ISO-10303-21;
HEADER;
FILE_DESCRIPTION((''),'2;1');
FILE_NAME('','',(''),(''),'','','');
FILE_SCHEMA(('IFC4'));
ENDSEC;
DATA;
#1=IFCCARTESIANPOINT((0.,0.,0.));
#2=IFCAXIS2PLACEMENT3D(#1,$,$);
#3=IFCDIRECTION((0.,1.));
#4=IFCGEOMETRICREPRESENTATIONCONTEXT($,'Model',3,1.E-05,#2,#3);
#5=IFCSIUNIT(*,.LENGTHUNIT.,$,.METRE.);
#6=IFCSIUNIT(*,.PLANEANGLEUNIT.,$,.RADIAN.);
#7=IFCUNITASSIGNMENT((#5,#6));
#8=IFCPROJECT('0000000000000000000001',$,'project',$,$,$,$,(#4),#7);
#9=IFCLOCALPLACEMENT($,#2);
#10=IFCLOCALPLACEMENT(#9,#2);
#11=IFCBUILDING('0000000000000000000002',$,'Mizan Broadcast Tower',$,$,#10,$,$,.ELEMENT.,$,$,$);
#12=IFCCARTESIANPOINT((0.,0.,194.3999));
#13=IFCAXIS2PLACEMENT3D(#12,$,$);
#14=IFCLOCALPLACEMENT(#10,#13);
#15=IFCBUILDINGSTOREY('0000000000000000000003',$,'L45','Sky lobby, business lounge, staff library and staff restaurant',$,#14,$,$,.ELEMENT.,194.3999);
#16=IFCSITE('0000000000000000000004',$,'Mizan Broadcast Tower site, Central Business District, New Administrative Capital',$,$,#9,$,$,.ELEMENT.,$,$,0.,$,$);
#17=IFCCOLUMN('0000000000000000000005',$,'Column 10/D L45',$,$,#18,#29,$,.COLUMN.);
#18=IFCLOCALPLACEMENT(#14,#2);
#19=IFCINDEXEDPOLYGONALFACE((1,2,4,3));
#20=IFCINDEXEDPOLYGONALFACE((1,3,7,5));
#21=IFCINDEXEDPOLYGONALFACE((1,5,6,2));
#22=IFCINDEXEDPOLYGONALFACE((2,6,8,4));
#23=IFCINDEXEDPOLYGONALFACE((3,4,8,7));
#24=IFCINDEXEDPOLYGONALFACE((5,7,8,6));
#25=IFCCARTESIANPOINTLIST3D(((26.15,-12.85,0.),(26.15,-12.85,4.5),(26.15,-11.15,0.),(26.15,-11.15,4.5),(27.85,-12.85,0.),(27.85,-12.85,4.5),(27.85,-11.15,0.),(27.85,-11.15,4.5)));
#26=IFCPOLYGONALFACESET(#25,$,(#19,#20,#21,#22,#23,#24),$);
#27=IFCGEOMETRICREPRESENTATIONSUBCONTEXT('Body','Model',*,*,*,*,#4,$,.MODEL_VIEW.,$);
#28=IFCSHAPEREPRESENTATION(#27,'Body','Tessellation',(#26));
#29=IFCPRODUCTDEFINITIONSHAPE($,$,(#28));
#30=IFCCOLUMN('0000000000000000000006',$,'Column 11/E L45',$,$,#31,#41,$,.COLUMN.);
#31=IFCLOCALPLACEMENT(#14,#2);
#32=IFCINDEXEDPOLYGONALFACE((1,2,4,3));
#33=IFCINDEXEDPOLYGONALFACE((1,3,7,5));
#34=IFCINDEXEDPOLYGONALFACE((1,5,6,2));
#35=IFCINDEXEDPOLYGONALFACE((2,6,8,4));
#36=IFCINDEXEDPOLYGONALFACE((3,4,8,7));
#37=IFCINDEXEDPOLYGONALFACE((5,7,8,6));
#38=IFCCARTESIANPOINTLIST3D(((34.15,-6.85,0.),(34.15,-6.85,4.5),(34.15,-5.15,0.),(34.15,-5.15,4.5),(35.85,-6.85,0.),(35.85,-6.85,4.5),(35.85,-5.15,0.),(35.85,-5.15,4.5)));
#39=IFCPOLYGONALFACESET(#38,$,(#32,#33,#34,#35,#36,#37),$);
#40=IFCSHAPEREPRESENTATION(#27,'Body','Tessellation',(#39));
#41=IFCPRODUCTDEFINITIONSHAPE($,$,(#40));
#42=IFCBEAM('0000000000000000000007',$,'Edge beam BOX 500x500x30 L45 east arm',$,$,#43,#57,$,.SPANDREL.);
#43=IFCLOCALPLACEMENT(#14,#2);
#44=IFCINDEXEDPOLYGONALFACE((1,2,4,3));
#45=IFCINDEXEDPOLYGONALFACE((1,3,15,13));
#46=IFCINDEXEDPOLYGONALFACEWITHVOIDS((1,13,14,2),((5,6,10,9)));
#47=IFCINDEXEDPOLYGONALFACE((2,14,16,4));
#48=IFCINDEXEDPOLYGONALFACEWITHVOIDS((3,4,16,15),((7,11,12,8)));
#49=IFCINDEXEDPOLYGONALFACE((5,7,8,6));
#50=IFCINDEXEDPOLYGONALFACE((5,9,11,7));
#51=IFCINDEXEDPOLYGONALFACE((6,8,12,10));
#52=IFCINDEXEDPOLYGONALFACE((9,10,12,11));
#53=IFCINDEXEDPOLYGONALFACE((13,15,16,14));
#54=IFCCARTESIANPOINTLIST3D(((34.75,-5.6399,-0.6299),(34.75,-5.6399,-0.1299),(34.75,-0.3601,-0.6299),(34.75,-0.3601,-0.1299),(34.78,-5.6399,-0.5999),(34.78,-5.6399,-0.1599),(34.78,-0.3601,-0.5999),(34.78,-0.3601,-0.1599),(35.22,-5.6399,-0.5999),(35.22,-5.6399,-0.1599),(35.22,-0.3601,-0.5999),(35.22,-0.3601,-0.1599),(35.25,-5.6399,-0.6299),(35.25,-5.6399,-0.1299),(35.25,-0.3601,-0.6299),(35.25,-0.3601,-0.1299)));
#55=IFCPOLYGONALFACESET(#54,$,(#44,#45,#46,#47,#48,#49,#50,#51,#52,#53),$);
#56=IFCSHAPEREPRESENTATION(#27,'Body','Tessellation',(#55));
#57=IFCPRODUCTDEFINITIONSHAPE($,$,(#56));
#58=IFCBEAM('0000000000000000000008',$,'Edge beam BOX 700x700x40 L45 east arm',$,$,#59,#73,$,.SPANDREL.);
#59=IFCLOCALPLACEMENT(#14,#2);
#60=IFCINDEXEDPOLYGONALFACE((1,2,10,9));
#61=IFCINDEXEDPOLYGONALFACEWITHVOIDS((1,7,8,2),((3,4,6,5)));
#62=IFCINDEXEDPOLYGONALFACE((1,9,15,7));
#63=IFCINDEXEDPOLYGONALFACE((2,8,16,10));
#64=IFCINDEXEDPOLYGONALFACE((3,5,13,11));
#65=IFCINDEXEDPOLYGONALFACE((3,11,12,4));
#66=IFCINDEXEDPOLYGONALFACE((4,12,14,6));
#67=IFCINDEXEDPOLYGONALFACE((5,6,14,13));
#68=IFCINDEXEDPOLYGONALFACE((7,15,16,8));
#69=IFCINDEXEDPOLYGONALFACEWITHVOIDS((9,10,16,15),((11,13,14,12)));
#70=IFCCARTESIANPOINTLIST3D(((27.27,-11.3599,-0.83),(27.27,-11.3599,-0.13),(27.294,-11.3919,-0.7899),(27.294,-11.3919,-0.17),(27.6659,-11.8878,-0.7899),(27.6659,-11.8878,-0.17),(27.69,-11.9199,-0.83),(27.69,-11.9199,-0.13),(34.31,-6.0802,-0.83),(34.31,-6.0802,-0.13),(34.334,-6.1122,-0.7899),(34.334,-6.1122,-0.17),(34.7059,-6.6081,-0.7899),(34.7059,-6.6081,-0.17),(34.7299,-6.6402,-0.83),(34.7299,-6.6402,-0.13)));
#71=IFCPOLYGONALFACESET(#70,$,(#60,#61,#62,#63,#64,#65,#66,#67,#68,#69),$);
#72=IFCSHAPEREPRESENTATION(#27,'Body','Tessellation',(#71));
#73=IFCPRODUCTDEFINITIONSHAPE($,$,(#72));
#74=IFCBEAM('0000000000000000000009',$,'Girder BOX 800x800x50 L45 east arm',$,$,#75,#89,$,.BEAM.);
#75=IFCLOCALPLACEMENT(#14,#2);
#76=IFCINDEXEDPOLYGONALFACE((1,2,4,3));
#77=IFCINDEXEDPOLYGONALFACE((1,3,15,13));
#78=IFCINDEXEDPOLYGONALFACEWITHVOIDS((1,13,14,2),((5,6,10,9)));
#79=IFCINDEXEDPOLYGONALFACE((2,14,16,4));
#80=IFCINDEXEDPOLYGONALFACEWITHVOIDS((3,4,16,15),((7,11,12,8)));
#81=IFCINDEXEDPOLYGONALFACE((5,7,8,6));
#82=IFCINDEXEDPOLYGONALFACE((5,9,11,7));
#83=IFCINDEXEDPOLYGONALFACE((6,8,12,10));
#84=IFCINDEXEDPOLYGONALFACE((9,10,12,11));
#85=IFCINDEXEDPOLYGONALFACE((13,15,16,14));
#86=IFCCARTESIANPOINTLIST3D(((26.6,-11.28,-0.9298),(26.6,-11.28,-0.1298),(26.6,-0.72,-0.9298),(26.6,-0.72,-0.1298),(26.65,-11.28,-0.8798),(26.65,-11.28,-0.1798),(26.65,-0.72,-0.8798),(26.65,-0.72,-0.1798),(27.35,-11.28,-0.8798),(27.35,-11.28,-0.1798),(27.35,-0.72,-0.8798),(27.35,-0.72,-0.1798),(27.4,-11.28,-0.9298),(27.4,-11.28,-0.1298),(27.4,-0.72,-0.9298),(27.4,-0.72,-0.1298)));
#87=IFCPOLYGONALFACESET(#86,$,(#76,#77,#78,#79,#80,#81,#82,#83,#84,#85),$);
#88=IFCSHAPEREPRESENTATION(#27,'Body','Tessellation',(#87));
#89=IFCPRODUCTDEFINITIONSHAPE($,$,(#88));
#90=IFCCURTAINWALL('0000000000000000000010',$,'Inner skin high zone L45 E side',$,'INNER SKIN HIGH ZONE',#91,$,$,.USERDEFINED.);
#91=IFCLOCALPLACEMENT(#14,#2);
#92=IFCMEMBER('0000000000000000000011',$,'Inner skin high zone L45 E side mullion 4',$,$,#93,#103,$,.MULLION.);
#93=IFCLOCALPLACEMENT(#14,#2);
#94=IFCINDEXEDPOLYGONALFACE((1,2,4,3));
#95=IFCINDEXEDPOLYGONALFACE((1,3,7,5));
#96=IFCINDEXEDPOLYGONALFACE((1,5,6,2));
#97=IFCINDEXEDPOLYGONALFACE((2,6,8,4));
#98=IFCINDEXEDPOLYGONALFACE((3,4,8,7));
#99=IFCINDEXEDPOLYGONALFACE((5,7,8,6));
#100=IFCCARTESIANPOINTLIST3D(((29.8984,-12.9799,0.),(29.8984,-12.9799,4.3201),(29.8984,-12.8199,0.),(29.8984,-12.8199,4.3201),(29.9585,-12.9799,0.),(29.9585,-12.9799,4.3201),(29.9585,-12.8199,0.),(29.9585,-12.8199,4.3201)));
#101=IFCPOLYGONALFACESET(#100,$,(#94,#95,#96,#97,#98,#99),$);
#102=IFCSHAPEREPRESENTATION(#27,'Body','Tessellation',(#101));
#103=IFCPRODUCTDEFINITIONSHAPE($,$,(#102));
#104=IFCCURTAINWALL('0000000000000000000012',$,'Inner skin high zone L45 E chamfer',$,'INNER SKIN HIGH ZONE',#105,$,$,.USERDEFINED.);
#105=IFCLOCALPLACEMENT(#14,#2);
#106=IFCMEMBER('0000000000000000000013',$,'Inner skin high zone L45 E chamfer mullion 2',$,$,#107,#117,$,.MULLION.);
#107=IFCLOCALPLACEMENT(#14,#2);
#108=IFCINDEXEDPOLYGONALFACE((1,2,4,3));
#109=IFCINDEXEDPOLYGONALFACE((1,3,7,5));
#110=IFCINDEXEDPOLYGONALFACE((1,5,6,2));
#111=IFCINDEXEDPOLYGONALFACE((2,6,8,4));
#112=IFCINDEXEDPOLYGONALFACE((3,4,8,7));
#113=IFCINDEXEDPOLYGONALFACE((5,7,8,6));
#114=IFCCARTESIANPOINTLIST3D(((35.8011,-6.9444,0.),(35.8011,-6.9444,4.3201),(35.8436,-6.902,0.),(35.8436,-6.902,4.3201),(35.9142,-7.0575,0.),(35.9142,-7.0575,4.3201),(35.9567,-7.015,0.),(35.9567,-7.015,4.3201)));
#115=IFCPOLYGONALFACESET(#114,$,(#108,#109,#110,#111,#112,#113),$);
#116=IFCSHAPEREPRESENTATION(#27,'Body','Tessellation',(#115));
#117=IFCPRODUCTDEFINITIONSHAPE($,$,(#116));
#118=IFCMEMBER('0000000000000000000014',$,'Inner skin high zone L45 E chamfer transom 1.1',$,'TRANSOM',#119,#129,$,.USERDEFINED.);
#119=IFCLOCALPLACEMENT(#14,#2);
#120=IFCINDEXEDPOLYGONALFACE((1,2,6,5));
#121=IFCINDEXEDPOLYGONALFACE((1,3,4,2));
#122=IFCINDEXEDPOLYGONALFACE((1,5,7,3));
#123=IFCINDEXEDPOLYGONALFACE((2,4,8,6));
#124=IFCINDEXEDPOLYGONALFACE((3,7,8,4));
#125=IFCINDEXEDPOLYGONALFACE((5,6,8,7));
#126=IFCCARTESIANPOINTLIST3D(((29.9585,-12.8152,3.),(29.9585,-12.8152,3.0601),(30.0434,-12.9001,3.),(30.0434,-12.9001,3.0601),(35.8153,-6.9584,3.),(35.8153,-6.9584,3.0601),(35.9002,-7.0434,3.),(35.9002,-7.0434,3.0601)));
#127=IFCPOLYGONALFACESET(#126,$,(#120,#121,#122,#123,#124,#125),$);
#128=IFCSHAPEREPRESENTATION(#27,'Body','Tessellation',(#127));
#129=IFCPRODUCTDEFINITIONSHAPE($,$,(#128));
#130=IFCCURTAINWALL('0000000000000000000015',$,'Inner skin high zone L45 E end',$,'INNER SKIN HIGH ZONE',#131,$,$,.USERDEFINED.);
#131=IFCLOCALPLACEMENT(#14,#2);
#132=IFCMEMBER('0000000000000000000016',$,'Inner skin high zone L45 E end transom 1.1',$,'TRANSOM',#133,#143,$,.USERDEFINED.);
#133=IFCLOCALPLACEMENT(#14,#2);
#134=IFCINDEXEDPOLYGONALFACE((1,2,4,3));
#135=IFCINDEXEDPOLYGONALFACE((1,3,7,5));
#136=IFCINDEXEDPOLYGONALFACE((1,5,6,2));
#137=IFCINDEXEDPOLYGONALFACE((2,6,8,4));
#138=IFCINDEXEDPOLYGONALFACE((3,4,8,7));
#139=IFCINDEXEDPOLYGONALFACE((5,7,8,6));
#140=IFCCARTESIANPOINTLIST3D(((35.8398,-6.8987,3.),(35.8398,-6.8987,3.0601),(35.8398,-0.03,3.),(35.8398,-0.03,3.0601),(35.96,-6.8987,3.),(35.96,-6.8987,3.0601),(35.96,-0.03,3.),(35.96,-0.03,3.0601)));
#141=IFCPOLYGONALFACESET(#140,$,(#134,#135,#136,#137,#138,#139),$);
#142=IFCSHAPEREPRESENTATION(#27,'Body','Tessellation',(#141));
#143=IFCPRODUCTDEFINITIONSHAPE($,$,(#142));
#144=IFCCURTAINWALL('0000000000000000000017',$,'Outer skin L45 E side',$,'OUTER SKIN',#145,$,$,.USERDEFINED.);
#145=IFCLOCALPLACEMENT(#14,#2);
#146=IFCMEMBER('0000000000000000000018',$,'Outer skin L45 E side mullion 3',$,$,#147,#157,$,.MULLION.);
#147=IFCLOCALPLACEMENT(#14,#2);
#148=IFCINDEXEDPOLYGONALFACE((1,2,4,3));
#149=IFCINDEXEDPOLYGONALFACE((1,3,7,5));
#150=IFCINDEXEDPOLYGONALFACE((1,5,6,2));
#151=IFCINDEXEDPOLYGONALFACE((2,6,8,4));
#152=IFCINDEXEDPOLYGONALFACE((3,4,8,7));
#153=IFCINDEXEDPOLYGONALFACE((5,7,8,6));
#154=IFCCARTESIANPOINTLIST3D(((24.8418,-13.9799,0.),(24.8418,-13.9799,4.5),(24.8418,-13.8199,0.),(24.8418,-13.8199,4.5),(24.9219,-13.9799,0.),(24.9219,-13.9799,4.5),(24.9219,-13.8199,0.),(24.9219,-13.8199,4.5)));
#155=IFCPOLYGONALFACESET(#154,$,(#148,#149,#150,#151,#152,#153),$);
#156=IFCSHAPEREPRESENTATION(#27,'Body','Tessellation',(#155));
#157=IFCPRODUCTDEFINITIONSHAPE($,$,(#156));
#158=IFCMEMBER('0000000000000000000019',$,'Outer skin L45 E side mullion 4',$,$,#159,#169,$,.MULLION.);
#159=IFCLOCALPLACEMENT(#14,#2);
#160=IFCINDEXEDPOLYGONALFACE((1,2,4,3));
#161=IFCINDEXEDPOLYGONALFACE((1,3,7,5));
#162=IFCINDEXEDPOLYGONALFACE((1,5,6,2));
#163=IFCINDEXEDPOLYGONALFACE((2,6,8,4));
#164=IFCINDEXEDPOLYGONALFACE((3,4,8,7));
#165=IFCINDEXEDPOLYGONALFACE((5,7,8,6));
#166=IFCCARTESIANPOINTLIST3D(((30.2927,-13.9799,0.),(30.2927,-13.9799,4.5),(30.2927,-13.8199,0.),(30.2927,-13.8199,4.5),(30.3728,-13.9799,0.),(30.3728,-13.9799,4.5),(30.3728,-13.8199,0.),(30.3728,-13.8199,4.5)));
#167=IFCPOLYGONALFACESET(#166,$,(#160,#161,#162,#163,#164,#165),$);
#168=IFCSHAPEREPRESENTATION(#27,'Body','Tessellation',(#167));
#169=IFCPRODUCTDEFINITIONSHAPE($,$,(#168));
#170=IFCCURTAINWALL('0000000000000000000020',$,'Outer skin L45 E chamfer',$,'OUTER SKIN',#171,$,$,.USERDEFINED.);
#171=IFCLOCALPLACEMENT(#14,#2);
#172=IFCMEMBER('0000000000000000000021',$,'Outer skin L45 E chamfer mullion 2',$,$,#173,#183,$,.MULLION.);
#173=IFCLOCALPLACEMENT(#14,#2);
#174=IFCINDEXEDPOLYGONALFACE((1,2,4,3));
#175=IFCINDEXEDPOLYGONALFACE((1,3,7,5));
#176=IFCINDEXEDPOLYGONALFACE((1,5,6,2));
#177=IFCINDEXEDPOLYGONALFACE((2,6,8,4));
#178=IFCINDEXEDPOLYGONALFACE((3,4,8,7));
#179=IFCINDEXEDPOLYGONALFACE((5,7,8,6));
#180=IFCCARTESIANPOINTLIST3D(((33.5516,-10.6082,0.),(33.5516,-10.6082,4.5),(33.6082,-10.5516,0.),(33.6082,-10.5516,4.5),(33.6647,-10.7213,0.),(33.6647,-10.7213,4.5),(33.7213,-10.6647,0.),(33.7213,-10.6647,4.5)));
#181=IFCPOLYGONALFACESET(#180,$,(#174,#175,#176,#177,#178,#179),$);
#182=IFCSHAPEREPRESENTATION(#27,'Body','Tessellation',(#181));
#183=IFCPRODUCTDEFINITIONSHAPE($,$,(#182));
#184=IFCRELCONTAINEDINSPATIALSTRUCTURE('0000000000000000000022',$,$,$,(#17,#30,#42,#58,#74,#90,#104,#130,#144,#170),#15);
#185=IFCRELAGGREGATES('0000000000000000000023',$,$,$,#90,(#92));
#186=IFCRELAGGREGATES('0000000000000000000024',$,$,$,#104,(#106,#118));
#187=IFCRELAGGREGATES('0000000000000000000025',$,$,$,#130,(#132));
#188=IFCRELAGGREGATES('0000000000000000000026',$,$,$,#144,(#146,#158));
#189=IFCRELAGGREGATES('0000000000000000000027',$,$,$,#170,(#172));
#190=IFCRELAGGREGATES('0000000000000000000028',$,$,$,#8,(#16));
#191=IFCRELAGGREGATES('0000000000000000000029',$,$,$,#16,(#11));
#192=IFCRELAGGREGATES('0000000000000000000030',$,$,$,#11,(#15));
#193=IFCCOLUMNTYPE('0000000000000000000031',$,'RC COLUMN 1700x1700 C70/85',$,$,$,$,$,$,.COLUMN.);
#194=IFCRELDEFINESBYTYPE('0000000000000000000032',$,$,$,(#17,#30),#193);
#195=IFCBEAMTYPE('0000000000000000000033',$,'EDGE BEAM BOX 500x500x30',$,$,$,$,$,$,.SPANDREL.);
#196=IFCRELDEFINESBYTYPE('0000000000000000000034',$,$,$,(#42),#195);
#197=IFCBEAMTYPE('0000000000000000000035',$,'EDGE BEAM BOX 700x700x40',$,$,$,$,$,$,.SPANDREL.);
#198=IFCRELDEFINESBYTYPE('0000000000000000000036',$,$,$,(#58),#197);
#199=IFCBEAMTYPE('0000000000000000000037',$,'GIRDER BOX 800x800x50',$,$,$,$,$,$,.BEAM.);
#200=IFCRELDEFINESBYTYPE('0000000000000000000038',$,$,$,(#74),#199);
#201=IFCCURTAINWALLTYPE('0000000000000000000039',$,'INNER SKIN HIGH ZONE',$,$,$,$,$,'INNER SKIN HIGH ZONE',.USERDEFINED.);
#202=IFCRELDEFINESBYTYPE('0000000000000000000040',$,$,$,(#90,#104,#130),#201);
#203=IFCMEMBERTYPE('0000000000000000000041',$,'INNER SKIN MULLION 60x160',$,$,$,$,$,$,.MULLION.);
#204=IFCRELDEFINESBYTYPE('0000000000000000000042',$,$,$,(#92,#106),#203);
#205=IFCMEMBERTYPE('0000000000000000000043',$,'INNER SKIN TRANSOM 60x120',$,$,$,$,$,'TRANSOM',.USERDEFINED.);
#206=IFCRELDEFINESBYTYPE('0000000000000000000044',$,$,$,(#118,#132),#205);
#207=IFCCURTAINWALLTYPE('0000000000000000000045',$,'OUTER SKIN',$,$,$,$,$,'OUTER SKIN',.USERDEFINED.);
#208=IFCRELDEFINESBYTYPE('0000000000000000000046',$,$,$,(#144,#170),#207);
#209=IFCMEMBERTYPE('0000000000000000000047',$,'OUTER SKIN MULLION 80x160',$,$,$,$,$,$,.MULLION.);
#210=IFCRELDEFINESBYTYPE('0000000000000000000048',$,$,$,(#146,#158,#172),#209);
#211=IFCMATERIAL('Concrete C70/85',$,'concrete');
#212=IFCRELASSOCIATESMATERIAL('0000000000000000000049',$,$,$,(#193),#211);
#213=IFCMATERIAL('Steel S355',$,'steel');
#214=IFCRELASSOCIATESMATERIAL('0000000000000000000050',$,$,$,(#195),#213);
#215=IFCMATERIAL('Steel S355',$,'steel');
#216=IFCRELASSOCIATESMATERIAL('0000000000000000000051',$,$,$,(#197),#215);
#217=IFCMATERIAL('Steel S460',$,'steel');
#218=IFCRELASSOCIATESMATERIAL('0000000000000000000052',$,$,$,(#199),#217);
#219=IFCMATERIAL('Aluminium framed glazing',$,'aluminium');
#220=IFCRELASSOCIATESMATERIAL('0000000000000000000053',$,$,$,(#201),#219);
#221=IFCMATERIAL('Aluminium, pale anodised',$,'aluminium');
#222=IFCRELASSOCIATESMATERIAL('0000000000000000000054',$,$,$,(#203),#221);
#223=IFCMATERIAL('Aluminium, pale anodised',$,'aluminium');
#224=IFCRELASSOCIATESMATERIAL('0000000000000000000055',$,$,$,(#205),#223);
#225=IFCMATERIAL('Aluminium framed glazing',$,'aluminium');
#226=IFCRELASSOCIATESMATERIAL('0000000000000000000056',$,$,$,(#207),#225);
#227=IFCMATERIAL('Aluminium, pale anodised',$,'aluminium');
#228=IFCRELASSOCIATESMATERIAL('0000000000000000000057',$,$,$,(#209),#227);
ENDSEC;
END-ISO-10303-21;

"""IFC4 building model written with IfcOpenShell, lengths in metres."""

from ifc_helpers import new_model, si_unit, direction, frame, origin, origin_2d, place, context, subcontext, project, spatial, rectangle, hollow_rectangle, extrude, material, material_profile, profile_set, type_object, element, aggregate, save


model = new_model("IFC4")

# Units and contexts
model_context = context("Model", 3, precision=1e-05, world=origin(), true_north=direction((0.0, 1.0)))
body_context = subcontext(model_context, "Body", "Model", "MODEL_VIEW")
ifc_project = project(units=[si_unit("LENGTHUNIT", "METRE"), si_unit("PLANEANGLEUNIT", "RADIAN")], contexts=[model_context])

# Site, building, storey
site_placement = place(None, origin())
site = spatial("IfcSite", under=ifc_project, at=site_placement, Name="Mizan Broadcast Tower site, Central Business District, New Administrative Capital", CompositionType="ELEMENT", RefElevation=0.0)
building_placement = place(site_placement, origin())
building = spatial("IfcBuilding", under=site, at=building_placement, Name="Mizan Broadcast Tower", CompositionType="ELEMENT")
storey_placement = place(building_placement, frame((0.0, 0.0, 194.3999)))
storey = spatial("IfcBuildingStorey", under=building, at=storey_placement, Name="L45", Description="Sky lobby, business lounge, staff library and staff restaurant", CompositionType="ELEMENT", Elevation=194.3999)

# Columns
ifc_material_1 = material(Name="Concrete C70/85", Category="concrete")
ifc_material_profile_1 = material_profile(ifc_material_1, rectangle(XDim=1.7, YDim=1.7, at=origin_2d()), Name="RC 1700x1700")
ifc_profile_set_1 = profile_set([ifc_material_profile_1], Name="Concrete C70/85")
column_type = type_object("IfcColumnType", Name="RC COLUMN 1700x1700 C70/85", PredefinedType="COLUMN", material=ifc_profile_set_1)
for number, where, z_axis, x_axis, name in (
    (1, (27.0, -12.0, 0.0), (0.0, 0.0, 1.0), (1.0, 0.0, 0.0), "Column 10/D L45"),
    (2, (35.0, -6.0, 0.0), (0.0, 0.0, 1.0), (1.0, 0.0, 0.0), "Column 11/E L45"),
):
    element("IfcColumn", number, at=place(storey_placement, frame(where, z_axis=z_axis, x_axis=x_axis)), inside=storey, type_object=column_type, Name=name, PredefinedType="COLUMN", context=body_context, shape_type="SweptSolid", body=[
        extrude(rectangle(XDim=1.7, YDim=1.7, at=origin_2d()), origin(), (0.0, 0.0, 1.0), 4.5),
    ])

# Beams
ifc_material_2 = material(Name="Steel S355", Category="steel")
ifc_material_profile_2 = material_profile(ifc_material_2, hollow_rectangle(XDim=0.5, YDim=0.5, WallThickness=0.03, at=origin_2d()), Name="BOX 500x500x30")
ifc_profile_set_2 = profile_set([ifc_material_profile_2], Name="Steel S355")
beam_type_1 = type_object("IfcBeamType", Name="EDGE BEAM BOX 500x500x30", PredefinedType="SPANDREL", material=ifc_profile_set_2)
beam_1_placement = place(storey_placement, frame((35.0, -5.6399, -0.3799), z_axis=(0.0, 1.0, 0.0), x_axis=(-1.0, 0.0, 0.0)))
element("IfcBeam", 3, at=beam_1_placement, inside=storey, type_object=beam_type_1, Name="Edge beam BOX 500x500x30 L45 east arm", PredefinedType="SPANDREL", context=body_context, shape_type="SweptSolid", body=[
    extrude(hollow_rectangle(XDim=0.5, YDim=0.5, WallThickness=0.03, at=origin_2d()), origin(), (0.0, 0.0, 1.0), 5.2798),
])
ifc_material_3 = material(Name="Steel S355", Category="steel")
ifc_material_profile_3 = material_profile(ifc_material_3, hollow_rectangle(XDim=0.7, YDim=0.7, WallThickness=0.04, at=origin_2d()), Name="BOX 700x700x40")
ifc_profile_set_3 = profile_set([ifc_material_profile_3], Name="Steel S355")
beam_type_2 = type_object("IfcBeamType", Name="EDGE BEAM BOX 700x700x40", PredefinedType="SPANDREL", material=ifc_profile_set_3)
beam_2_placement = place(storey_placement, frame((27.48, -11.6399, -0.48), z_axis=(0.800013, 0.599982, 0.0), x_axis=(-0.599982, 0.800013, 0.0)))
element("IfcBeam", 4, at=beam_2_placement, inside=storey, type_object=beam_type_2, Name="Edge beam BOX 700x700x40 L45 east arm", PredefinedType="SPANDREL", context=body_context, shape_type="SweptSolid", body=[
    extrude(hollow_rectangle(XDim=0.7, YDim=0.7, WallThickness=0.04, at=origin_2d()), origin(), (0.0, 0.0, 1.0), 8.7998),
])
ifc_material_4 = material(Name="Steel S460", Category="steel")
ifc_material_profile_4 = material_profile(ifc_material_4, hollow_rectangle(XDim=0.8, YDim=0.8, WallThickness=0.05, at=origin_2d()), Name="BOX 800x800x50")
ifc_profile_set_4 = profile_set([ifc_material_profile_4], Name="Steel S460")
beam_type_3 = type_object("IfcBeamType", Name="GIRDER BOX 800x800x50", PredefinedType="BEAM", material=ifc_profile_set_4)
beam_3_placement = place(storey_placement, frame((27.0, -11.28, -0.5298), z_axis=(0.0, 1.0, 0.0), x_axis=(-1.0, 0.0, 0.0)))
element("IfcBeam", 5, at=beam_3_placement, inside=storey, type_object=beam_type_3, Name="Girder BOX 800x800x50 L45 east arm", PredefinedType="BEAM", context=body_context, shape_type="SweptSolid", body=[
    extrude(hollow_rectangle(XDim=0.8, YDim=0.8, WallThickness=0.05, at=origin_2d()), origin(), (0.0, 0.0, 1.0), 10.5601),
])

# Curtain wall, member
ifc_material_5 = material(Name="Aluminium framed glazing", Category="aluminium")
curtain_wall_type_1 = type_object("IfcCurtainWallType", Name="INNER SKIN HIGH ZONE", ElementType="INNER SKIN HIGH ZONE", PredefinedType="USERDEFINED", material=ifc_material_5)
curtain_wall_1_placement = place(storey_placement, origin())
curtain_wall_1 = element("IfcCurtainWall", 6, at=curtain_wall_1_placement, inside=storey, type_object=curtain_wall_type_1, Name="Inner skin high zone L45 E side", ObjectType="INNER SKIN HIGH ZONE", PredefinedType="USERDEFINED")
ifc_material_6 = material(Name="Aluminium, pale anodised", Category="aluminium")
ifc_material_profile_5 = material_profile(ifc_material_6, rectangle(XDim=0.1599, YDim=0.0601, at=origin_2d()), Name="MULLION 160x60")
ifc_profile_set_5 = profile_set([ifc_material_profile_5], Name="Aluminium, pale anodised")
member_type_1 = type_object("IfcMemberType", Name="INNER SKIN MULLION 60x160", PredefinedType="MULLION", material=ifc_profile_set_5)
member_1_placement = place(storey_placement, frame((29.9285, -12.8999, 0.0), z_axis=(0.0, 0.0, 1.0), x_axis=(0.0, 1.0, 0.0)))
member_1 = element("IfcMember", 7, at=member_1_placement, type_object=member_type_1, Name="Inner skin high zone L45 E side mullion 4", PredefinedType="MULLION", context=body_context, shape_type="SweptSolid", body=[
    extrude(rectangle(XDim=0.1599, YDim=0.0601, at=origin_2d()), origin(), (0.0, 0.0, 1.0), 4.3201),
])

# Curtain wall, members
curtain_wall_2_placement = place(storey_placement, origin())
curtain_wall_2 = element("IfcCurtainWall", 8, at=curtain_wall_2_placement, inside=storey, type_object=curtain_wall_type_1, Name="Inner skin high zone L45 E chamfer", ObjectType="INNER SKIN HIGH ZONE", PredefinedType="USERDEFINED")
member_2_placement = place(storey_placement, frame((35.8789, -6.9797, 0.0), z_axis=(0.0, 0.0, 1.0), x_axis=(-0.707107, 0.707107, 0.0)))
member_2 = element("IfcMember", 9, at=member_2_placement, type_object=member_type_1, Name="Inner skin high zone L45 E chamfer mullion 2", PredefinedType="MULLION", context=body_context, shape_type="SweptSolid", body=[
    extrude(rectangle(XDim=0.1599, YDim=0.0601, at=origin_2d()), origin(), (0.0, 0.0, 1.0), 4.3201),
])
ifc_material_7 = material(Name="Aluminium, pale anodised", Category="aluminium")
ifc_material_profile_6 = material_profile(ifc_material_7, rectangle(XDim=0.1201, YDim=0.0601, at=origin_2d()), Name="TRANSOM 120x60")
ifc_profile_set_6 = profile_set([ifc_material_profile_6], Name="Aluminium, pale anodised")
member_type_2 = type_object("IfcMemberType", Name="INNER SKIN TRANSOM 60x120", ElementType="TRANSOM", PredefinedType="USERDEFINED", material=ifc_profile_set_6)
member_3_placement = place(storey_placement, frame((30.001, -12.8577, 3.03), z_axis=(0.707107, 0.707107, 0.0), x_axis=(-0.707107, 0.707107, 0.0)))
member_3 = element("IfcMember", 10, at=member_3_placement, type_object=member_type_2, Name="Inner skin high zone L45 E chamfer transom 1.1", ObjectType="TRANSOM", PredefinedType="USERDEFINED", context=body_context, shape_type="SweptSolid", body=[
    extrude(rectangle(XDim=0.1201, YDim=0.0601, at=origin_2d()), origin(), (0.0, 0.0, 1.0), 8.2827),
])

# Curtain wall, member
curtain_wall_3_placement = place(storey_placement, origin())
curtain_wall_3 = element("IfcCurtainWall", 11, at=curtain_wall_3_placement, inside=storey, type_object=curtain_wall_type_1, Name="Inner skin high zone L45 E end", ObjectType="INNER SKIN HIGH ZONE", PredefinedType="USERDEFINED")
member_4_placement = place(storey_placement, frame((35.8999, -6.8987, 3.03), z_axis=(0.0, 1.0, 0.0), x_axis=(-1.0, 0.0, 0.0)))
member_4 = element("IfcMember", 12, at=member_4_placement, type_object=member_type_2, Name="Inner skin high zone L45 E end transom 1.1", ObjectType="TRANSOM", PredefinedType="USERDEFINED", context=body_context, shape_type="SweptSolid", body=[
    extrude(rectangle(XDim=0.1201, YDim=0.0601, at=origin_2d()), origin(), (0.0, 0.0, 1.0), 6.8687),
])

# Curtain walls, members
ifc_material_8 = material(Name="Aluminium framed glazing", Category="aluminium")
curtain_wall_type_2 = type_object("IfcCurtainWallType", Name="OUTER SKIN", ElementType="OUTER SKIN", PredefinedType="USERDEFINED", material=ifc_material_8)
curtain_wall_4_placement = place(storey_placement, origin())
curtain_wall_4 = element("IfcCurtainWall", 13, at=curtain_wall_4_placement, inside=storey, type_object=curtain_wall_type_2, Name="Outer skin L45 E side", ObjectType="OUTER SKIN", PredefinedType="USERDEFINED")
ifc_material_9 = material(Name="Aluminium, pale anodised", Category="aluminium")
ifc_material_profile_7 = material_profile(ifc_material_9, rectangle(XDim=0.1599, YDim=0.0801, at=origin_2d()), Name="MULLION 160x80")
ifc_profile_set_7 = profile_set([ifc_material_profile_7], Name="Aluminium, pale anodised")
member_type_3 = type_object("IfcMemberType", Name="OUTER SKIN MULLION 80x160", PredefinedType="MULLION", material=ifc_profile_set_7)
member_5_placement = place(storey_placement, frame((24.8818, -13.8999, 0.0), z_axis=(0.0, 0.0, 1.0), x_axis=(0.0, 1.0, 0.0)))
member_5 = element("IfcMember", 14, at=member_5_placement, type_object=member_type_3, Name="Outer skin L45 E side mullion 3", PredefinedType="MULLION", context=body_context, shape_type="SweptSolid", body=[
    extrude(rectangle(XDim=0.1599, YDim=0.0801, at=origin_2d()), origin(), (0.0, 0.0, 1.0), 4.5),
])
member_6_placement = place(storey_placement, frame((30.3328, -13.8999, 0.0), z_axis=(0.0, 0.0, 1.0), x_axis=(0.0, 1.0, 0.0)))
member_6 = element("IfcMember", 15, at=member_6_placement, type_object=member_type_3, Name="Outer skin L45 E side mullion 4", PredefinedType="MULLION", context=body_context, shape_type="SweptSolid", body=[
    extrude(rectangle(XDim=0.1599, YDim=0.0801, at=origin_2d()), origin(), (0.0, 0.0, 1.0), 4.5),
])
curtain_wall_5_placement = place(storey_placement, origin())
curtain_wall_5 = element("IfcCurtainWall", 16, at=curtain_wall_5_placement, inside=storey, type_object=curtain_wall_type_2, Name="Outer skin L45 E chamfer", ObjectType="OUTER SKIN", PredefinedType="USERDEFINED")
member_7_placement = place(storey_placement, frame((33.6365, -10.6365, 0.0), z_axis=(0.0, 0.0, 1.0), x_axis=(-0.707107, 0.707107, 0.0)))
member_7 = element("IfcMember", 17, at=member_7_placement, type_object=member_type_3, Name="Outer skin L45 E chamfer mullion 2", PredefinedType="MULLION", context=body_context, shape_type="SweptSolid", body=[
    extrude(rectangle(XDim=0.1599, YDim=0.0801, at=origin_2d()), origin(), (0.0, 0.0, 1.0), 4.5),
])

aggregate(curtain_wall_1, [member_1])
aggregate(curtain_wall_2, [member_2, member_3])
aggregate(curtain_wall_3, [member_4])
aggregate(curtain_wall_4, [member_5, member_6])
aggregate(curtain_wall_5, [member_7])

save(model, "model.ifc")
